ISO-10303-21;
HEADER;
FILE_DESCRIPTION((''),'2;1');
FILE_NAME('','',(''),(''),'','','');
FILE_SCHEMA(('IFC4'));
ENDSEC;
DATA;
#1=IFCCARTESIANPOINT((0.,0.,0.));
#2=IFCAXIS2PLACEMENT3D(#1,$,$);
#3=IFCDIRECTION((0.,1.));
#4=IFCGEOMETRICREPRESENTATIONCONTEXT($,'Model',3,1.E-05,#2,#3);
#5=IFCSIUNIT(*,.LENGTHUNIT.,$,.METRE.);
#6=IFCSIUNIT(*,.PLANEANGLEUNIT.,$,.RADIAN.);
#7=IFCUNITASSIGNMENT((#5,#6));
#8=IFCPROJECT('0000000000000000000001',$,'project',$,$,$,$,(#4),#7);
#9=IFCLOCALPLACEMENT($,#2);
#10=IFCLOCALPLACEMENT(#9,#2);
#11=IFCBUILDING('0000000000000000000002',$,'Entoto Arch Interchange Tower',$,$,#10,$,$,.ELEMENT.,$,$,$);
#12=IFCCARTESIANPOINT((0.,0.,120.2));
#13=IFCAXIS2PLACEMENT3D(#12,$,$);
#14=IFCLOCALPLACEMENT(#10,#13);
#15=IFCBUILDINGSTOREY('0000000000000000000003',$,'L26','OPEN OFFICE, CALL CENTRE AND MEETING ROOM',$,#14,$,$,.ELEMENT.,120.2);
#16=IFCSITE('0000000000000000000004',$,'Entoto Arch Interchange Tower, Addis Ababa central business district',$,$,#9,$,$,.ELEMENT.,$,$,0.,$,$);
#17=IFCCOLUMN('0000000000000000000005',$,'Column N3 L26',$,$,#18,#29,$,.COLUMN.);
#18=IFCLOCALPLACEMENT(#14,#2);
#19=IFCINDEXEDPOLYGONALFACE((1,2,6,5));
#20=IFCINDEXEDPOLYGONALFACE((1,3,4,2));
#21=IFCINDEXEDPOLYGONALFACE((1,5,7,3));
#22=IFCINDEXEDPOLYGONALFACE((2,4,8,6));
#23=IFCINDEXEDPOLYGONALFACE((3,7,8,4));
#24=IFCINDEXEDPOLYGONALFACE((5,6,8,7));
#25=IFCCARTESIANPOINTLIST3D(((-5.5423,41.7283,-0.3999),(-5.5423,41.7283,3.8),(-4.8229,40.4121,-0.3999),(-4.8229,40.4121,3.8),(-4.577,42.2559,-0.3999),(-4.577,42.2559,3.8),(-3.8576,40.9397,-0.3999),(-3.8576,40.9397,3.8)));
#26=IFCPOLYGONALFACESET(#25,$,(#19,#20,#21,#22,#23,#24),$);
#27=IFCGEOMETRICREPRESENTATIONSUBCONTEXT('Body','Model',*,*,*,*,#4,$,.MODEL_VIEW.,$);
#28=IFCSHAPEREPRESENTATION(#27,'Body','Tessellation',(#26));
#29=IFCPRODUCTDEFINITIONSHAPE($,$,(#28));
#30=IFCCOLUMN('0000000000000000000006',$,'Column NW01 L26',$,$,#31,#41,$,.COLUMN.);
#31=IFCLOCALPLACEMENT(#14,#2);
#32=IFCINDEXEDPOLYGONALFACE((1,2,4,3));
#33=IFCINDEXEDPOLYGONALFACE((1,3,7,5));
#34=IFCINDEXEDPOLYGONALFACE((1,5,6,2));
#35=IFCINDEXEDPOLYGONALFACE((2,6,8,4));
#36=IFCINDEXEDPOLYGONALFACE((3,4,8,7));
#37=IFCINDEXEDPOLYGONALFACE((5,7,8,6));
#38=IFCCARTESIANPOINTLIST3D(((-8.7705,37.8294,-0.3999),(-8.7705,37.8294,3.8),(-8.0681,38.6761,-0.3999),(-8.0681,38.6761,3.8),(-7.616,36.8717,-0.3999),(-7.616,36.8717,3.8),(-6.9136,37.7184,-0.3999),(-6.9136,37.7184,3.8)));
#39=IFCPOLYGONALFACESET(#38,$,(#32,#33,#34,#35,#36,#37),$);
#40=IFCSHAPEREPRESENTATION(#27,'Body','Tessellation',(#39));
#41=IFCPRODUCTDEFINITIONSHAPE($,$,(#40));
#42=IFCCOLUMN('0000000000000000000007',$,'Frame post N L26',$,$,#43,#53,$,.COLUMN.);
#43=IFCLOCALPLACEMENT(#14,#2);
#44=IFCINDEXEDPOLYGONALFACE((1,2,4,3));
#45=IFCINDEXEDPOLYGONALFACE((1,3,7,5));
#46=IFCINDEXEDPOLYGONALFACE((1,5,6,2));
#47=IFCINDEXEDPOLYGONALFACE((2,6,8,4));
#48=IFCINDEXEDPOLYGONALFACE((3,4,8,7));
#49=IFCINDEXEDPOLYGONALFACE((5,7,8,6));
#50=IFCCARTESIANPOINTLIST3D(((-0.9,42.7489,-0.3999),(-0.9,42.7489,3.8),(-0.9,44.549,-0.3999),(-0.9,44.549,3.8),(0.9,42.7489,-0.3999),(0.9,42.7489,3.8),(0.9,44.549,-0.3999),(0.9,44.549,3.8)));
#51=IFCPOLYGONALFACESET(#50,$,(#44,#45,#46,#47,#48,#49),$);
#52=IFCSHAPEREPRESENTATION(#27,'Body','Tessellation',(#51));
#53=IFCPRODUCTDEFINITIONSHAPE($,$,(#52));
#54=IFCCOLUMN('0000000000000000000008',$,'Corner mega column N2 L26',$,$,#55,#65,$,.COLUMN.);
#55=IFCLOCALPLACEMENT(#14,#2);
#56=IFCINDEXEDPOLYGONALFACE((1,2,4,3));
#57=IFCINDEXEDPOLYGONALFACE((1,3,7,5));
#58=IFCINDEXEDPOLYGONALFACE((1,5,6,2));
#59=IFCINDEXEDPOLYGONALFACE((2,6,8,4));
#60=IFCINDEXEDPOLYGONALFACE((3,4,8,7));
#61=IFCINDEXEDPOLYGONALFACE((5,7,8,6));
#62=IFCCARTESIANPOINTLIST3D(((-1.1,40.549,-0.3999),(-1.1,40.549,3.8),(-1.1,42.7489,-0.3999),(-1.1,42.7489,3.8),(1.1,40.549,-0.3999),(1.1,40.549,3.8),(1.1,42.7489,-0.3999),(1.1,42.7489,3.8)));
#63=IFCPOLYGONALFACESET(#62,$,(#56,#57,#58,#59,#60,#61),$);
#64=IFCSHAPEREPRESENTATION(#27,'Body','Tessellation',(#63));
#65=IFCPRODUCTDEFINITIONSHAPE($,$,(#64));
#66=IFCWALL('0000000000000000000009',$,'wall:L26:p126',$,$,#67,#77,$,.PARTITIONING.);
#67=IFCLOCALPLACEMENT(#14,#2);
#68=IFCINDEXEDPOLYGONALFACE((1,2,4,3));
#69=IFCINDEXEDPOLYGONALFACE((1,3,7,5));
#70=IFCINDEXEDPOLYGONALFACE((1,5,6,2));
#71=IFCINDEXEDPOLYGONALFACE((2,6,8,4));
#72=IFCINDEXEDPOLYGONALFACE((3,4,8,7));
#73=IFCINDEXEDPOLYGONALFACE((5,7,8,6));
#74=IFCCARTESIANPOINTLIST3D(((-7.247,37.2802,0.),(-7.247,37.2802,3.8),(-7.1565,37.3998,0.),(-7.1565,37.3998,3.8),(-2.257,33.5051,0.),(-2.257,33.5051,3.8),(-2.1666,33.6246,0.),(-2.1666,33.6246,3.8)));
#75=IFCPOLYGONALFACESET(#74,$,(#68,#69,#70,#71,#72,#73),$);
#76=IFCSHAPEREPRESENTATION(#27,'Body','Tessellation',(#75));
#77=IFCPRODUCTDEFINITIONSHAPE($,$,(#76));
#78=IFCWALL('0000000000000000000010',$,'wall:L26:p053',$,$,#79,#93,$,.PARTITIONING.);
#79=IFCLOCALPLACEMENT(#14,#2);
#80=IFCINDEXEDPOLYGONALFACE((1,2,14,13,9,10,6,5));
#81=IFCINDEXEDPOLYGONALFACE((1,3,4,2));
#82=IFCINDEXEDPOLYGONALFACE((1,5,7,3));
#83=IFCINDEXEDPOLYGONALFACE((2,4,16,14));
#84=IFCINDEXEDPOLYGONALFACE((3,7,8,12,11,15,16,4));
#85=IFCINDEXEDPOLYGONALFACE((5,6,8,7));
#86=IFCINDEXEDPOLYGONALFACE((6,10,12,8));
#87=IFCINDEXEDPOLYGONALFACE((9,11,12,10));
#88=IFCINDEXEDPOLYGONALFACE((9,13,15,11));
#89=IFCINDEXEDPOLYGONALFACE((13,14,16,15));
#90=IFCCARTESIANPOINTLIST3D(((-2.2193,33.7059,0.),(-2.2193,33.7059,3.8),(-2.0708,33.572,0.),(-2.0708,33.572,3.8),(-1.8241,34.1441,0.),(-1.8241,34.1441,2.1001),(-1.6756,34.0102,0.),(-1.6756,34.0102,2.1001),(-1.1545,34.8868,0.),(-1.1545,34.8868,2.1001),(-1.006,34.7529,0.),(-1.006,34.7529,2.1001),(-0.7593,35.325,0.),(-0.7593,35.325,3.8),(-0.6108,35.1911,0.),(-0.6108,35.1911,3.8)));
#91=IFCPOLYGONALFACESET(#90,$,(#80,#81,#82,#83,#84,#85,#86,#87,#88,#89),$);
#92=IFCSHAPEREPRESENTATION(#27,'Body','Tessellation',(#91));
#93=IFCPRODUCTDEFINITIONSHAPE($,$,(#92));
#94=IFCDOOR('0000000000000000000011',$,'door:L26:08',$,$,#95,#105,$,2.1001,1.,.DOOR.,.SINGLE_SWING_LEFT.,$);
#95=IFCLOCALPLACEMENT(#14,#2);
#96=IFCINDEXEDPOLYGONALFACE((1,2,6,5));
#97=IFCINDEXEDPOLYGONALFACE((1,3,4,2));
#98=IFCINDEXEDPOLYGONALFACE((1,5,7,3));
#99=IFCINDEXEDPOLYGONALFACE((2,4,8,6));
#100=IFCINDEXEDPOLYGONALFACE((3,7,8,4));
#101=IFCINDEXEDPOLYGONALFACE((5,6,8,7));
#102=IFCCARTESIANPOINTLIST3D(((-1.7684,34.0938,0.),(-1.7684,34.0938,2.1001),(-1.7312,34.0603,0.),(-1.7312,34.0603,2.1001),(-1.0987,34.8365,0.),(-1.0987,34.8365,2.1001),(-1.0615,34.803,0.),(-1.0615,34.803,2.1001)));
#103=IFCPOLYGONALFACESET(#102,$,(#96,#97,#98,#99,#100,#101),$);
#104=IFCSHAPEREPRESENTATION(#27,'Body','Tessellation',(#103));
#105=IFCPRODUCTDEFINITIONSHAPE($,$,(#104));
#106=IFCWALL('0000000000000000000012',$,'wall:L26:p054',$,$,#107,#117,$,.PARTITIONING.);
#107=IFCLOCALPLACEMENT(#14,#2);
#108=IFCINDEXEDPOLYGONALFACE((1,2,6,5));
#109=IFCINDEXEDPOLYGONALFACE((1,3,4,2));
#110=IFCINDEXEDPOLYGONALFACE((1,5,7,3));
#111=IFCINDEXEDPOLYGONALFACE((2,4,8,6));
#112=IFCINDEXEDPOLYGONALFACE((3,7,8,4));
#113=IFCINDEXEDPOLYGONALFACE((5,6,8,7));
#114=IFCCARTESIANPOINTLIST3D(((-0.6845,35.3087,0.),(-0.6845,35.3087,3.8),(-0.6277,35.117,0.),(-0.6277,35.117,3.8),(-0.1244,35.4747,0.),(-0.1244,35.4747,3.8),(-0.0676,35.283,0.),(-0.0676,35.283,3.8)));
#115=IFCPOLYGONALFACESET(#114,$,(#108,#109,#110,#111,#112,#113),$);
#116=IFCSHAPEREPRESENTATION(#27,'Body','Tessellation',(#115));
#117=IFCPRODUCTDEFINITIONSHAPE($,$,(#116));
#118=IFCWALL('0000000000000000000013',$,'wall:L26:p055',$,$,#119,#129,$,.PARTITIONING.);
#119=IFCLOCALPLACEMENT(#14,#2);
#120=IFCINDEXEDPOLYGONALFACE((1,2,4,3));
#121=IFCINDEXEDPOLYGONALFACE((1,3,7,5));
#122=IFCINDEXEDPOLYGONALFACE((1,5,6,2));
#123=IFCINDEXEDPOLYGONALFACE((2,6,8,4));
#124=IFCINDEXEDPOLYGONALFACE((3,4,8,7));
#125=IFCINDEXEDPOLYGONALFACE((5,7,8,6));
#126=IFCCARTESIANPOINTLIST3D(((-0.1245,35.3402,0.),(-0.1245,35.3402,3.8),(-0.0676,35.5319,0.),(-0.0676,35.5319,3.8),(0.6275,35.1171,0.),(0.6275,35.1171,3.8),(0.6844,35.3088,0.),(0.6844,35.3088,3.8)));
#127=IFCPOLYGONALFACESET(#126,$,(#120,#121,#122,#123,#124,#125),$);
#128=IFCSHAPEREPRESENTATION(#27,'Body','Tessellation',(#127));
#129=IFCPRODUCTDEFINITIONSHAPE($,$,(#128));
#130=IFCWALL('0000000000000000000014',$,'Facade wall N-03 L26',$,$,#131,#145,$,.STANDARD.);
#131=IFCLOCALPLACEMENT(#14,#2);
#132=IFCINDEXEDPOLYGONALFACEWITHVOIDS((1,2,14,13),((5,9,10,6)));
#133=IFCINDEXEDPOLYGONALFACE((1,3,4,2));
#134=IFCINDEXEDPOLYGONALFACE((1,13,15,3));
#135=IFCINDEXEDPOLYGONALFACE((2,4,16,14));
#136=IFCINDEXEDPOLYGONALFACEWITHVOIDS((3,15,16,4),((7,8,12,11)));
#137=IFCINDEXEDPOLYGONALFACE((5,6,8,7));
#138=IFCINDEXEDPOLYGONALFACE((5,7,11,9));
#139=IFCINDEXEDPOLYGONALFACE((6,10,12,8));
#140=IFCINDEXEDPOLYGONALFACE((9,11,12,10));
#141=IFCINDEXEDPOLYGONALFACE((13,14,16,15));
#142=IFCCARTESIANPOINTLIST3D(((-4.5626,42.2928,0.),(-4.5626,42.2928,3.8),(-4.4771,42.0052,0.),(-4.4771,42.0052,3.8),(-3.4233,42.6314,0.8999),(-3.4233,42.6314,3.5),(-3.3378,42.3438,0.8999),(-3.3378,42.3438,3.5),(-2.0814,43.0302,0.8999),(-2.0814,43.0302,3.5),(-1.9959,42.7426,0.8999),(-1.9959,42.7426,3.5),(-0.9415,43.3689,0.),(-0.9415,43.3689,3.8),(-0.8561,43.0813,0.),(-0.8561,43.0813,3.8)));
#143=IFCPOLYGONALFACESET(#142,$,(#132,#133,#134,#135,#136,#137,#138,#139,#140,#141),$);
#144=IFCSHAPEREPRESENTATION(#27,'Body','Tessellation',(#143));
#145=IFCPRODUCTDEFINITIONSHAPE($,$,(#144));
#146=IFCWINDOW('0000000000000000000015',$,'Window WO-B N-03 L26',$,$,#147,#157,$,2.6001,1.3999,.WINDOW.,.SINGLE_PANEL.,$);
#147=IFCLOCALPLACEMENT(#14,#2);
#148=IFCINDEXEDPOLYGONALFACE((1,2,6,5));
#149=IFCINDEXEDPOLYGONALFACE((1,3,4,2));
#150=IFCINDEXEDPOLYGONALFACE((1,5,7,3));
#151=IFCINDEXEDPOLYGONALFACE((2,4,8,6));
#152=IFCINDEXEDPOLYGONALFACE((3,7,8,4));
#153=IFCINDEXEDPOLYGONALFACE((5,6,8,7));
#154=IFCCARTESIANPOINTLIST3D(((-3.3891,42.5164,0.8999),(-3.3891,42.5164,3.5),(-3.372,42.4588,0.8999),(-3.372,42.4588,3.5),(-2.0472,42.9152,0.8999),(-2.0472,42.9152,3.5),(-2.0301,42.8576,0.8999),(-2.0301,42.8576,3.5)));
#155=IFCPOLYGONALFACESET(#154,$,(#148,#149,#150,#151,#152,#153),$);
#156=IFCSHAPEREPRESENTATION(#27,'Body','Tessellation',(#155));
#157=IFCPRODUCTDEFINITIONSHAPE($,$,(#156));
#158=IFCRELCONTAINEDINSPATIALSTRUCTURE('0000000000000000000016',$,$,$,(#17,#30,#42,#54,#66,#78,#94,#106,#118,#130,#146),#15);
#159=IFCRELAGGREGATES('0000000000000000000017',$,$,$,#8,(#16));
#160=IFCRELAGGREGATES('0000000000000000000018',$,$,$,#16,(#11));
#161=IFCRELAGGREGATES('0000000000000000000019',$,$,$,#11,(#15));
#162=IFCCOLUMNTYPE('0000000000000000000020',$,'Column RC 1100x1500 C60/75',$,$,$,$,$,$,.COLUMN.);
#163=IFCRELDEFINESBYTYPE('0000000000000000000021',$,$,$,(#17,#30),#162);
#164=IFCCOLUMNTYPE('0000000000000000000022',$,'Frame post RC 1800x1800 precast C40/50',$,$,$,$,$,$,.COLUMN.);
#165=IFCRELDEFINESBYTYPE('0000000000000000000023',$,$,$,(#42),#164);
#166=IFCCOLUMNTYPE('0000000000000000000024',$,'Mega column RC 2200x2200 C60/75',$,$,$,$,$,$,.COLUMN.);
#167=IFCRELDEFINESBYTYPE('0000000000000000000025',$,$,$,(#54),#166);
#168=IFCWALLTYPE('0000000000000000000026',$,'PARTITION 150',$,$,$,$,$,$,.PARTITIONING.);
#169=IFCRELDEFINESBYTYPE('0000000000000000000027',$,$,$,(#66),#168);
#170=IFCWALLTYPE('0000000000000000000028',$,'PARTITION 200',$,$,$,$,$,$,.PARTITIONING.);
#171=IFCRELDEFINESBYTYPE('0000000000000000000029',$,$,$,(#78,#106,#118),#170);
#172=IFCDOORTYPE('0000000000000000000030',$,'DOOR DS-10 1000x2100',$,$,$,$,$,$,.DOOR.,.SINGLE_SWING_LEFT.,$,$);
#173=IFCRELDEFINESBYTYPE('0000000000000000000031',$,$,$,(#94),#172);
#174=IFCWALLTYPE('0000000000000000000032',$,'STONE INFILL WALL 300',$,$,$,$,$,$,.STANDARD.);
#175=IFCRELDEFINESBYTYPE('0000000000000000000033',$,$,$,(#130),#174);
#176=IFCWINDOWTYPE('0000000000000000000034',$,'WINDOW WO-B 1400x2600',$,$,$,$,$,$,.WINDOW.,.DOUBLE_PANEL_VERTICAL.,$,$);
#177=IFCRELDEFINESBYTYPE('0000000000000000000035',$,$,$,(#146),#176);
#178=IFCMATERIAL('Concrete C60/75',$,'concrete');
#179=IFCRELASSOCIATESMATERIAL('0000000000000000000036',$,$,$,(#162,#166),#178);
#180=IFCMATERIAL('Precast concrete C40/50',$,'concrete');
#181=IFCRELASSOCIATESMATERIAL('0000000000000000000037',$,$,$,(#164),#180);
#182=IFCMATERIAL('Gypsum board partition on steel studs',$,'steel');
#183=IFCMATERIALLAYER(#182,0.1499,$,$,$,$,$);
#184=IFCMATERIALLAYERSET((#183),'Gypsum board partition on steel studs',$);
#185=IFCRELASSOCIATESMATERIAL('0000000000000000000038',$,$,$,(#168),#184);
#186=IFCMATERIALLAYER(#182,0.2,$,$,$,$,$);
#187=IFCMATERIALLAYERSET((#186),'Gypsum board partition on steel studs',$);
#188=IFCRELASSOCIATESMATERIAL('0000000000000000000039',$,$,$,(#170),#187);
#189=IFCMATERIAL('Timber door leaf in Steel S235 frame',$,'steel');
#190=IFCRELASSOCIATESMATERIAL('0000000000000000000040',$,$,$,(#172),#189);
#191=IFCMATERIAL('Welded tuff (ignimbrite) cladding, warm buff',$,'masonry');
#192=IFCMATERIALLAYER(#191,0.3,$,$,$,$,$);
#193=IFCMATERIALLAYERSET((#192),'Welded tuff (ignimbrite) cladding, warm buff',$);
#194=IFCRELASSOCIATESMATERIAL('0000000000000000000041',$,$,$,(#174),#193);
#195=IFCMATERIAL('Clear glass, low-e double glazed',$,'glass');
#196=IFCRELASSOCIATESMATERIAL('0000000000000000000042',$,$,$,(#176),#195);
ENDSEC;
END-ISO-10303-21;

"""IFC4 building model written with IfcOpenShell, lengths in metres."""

from ifc_helpers import new_model, si_unit, direction, frame, frame_2d, origin, origin_2d, place, context, subcontext, project, spatial, rectangle, extrude, material, layer, layer_set, material_profile, profile_set, type_object, element, fill, save


model = new_model("IFC4")

# Units and contexts
model_context = context("Model", 3, precision=1e-05, world=origin(), true_north=direction((0.0, 1.0)))
body_context = subcontext(model_context, "Body", "Model", "MODEL_VIEW")
ifc_project = project(units=[si_unit("LENGTHUNIT", "METRE"), si_unit("PLANEANGLEUNIT", "RADIAN")], contexts=[model_context])

# Site, building, storey
site_placement = place(None, origin())
site = spatial("IfcSite", under=ifc_project, at=site_placement, Name="Entoto Arch Interchange Tower, Addis Ababa central business district", CompositionType="ELEMENT", RefElevation=0.0)
building_placement = place(site_placement, origin())
building = spatial("IfcBuilding", under=site, at=building_placement, Name="Entoto Arch Interchange Tower", CompositionType="ELEMENT")
storey_placement = place(building_placement, frame((0.0, 0.0, 120.2)))
storey = spatial("IfcBuildingStorey", under=building, at=storey_placement, Name="L26", Description="OPEN OFFICE, CALL CENTRE AND MEETING ROOM", CompositionType="ELEMENT", Elevation=120.2)

# Columns
ifc_material_1 = material(Name="Concrete C60/75", Category="concrete")
ifc_material_profile_1 = material_profile(ifc_material_1, rectangle(XDim=1.1001, YDim=1.5, at=origin_2d()))
ifc_profile_set_1 = profile_set([ifc_material_profile_1], Name="Concrete C60/75")
column_type_1 = type_object("IfcColumnType", Name="Column RC 1100x1500 C60/75", PredefinedType="COLUMN", material=ifc_profile_set_1)
for number, where, z_axis, x_axis, name in (
    (1, (-4.7, 41.334, -0.3999), (0.0, 0.0, 1.0), (0.877481, 0.479611, 0.0), "Column N3 L26"),
    (2, (-7.842, 37.7739, -0.3999), (0.0, 0.0, 1.0), (0.638459, 0.769656, 0.0), "Column NW01 L26"),
):
    element("IfcColumn", number, at=place(storey_placement, frame(where, z_axis=z_axis, x_axis=x_axis)), inside=storey, type_object=column_type_1, Name=name, PredefinedType="COLUMN", context=body_context, shape_type="SweptSolid", body=[
        extrude(rectangle(XDim=1.1001, YDim=1.5, at=origin_2d()), origin(), (0.0, 0.0, 1.0), 4.2),
    ])
ifc_material_2 = material(Name="Precast concrete C40/50", Category="concrete")
ifc_material_profile_2 = material_profile(ifc_material_2, rectangle(XDim=1.8, YDim=1.8, at=origin_2d()))
ifc_profile_set_2 = profile_set([ifc_material_profile_2], Name="Precast concrete C40/50")
column_type_2 = type_object("IfcColumnType", Name="Frame post RC 1800x1800 precast C40/50", PredefinedType="COLUMN", material=ifc_profile_set_2)
column_1_placement = place(storey_placement, frame((0.0, 43.6489, -0.3999), z_axis=(0.0, 0.0, 1.0), x_axis=(0.0, 1.0, 0.0)))
element("IfcColumn", 3, at=column_1_placement, inside=storey, type_object=column_type_2, Name="Frame post N L26", PredefinedType="COLUMN", context=body_context, shape_type="SweptSolid", body=[
    extrude(rectangle(XDim=1.8, YDim=1.8, at=origin_2d()), origin(), (0.0, 0.0, 1.0), 4.2),
])
ifc_material_profile_3 = material_profile(ifc_material_1, rectangle(XDim=2.2, YDim=2.2, at=origin_2d()))
ifc_profile_set_3 = profile_set([ifc_material_profile_3], Name="Concrete C60/75")
column_type_3 = type_object("IfcColumnType", Name="Mega column RC 2200x2200 C60/75", PredefinedType="COLUMN", material=ifc_profile_set_3)
column_2_placement = place(storey_placement, frame((0.0, 41.6489, -0.3999), z_axis=(0.0, 0.0, 1.0), x_axis=(0.0, 1.0, 0.0)))
element("IfcColumn", 4, at=column_2_placement, inside=storey, type_object=column_type_3, Name="Corner mega column N2 L26", PredefinedType="COLUMN", context=body_context, shape_type="SweptSolid", body=[
    extrude(rectangle(XDim=2.2, YDim=2.2, at=origin_2d()), origin(), (0.0, 0.0, 1.0), 4.2),
])

# Wall
ifc_material_3 = material(Name="Gypsum board partition on steel studs", Category="steel")
ifc_layer_1 = layer(ifc_material_3, 0.1499)
ifc_layer_set_1 = layer_set([ifc_layer_1], Name="Gypsum board partition on steel studs")
wall_type_1 = type_object("IfcWallType", Name="PARTITION 150", PredefinedType="PARTITIONING", material=ifc_layer_set_1)
wall_1_placement = place(storey_placement, frame((-2.2119, 33.5649, 0.0), z_axis=(0.0, 0.0, 1.0), x_axis=(-0.797488, 0.603335, 0.0)))
element("IfcWall", 5, at=wall_1_placement, inside=storey, type_object=wall_type_1, Name="wall:L26:p126", PredefinedType="PARTITIONING", context=body_context, shape_type="SweptSolid", body=[
    extrude(rectangle(XDim=6.2571, YDim=0.1499, at=frame_2d((3.1284, 0.0))), origin(), (0.0, 0.0, 1.0), 3.8),
])

# Wall, opening, door
ifc_layer_2 = layer(ifc_material_3, 0.2)
ifc_layer_set_2 = layer_set([ifc_layer_2], Name="Gypsum board partition on steel studs")
wall_type_2 = type_object("IfcWallType", Name="PARTITION 200", PredefinedType="PARTITIONING", material=ifc_layer_set_2)
wall_2_placement = place(storey_placement, frame((-2.145, 33.6389, 0.0), z_axis=(0.0, 0.0, 1.0), x_axis=(0.669657, 0.74267, 0.0)))
wall_2 = element("IfcWall", 6, at=wall_2_placement, inside=storey, type_object=wall_type_2, Name="wall:L26:p053", PredefinedType="PARTITIONING", context=body_context, shape_type="SweptSolid", body=[
    extrude(rectangle(XDim=2.1802, YDim=0.2, at=frame_2d((1.0901, 0.0))), origin(), (0.0, 0.0, 1.0), 3.8),
])
opening_1_placement = place(wall_2_placement, frame((0.5901, 0.0, 0.0)))
opening_1 = element("IfcOpeningElement", 7, at=opening_1_placement, cuts=wall_2, PredefinedType="OPENING", context=body_context, shape_type="SweptSolid", body=[
    extrude(rectangle(XDim=1.0, YDim=2.1001, at=frame_2d((0.5, 1.05))), frame((0.0, 0.1099, 0.0), z_axis=(0.0, -1.0, 0.0), x_axis=(1.0, 0.0, 0.0)), (0.0, 0.0, 1.0), 0.22),
])
ifc_material_4 = material(Name="Timber door leaf in Steel S235 frame", Category="steel")
door_type = type_object("IfcDoorType", Name="DOOR DS-10 1000x2100", OperationType="SINGLE_SWING_LEFT", PredefinedType="DOOR", material=ifc_material_4)
door_placement = place(opening_1_placement, origin())
door = element("IfcDoor", 8, at=door_placement, inside=storey, type_object=door_type, Name="door:L26:08", OperationType="SINGLE_SWING_LEFT", OverallHeight=2.1001, OverallWidth=1.0, PredefinedType="DOOR", context=body_context, shape_type="SweptSolid", body=[
    extrude(rectangle(XDim=1.0, YDim=2.1001, at=frame_2d((0.5, 1.05))), frame((0.0, 0.0249, 0.0), z_axis=(0.0, -1.0, 0.0), x_axis=(1.0, 0.0, 0.0)), (0.0, 0.0, 1.0), 0.05),
])
fill(opening_1, door)

# Walls
wall_3_placement = place(storey_placement, frame((-0.656, 35.2129, 0.0), z_axis=(0.0, 0.0, 1.0), x_axis=(0.958764, 0.284202, 0.0)))
element("IfcWall", 9, at=wall_3_placement, inside=storey, type_object=wall_type_2, Name="wall:L26:p054", PredefinedType="PARTITIONING", context=body_context, shape_type="SweptSolid", body=[
    extrude(rectangle(XDim=0.5842, YDim=0.2, at=frame_2d((0.292, 0.0))), origin(), (0.0, 0.0, 1.0), 3.8),
])
wall_4_placement = place(storey_placement, frame((-0.0959, 35.436, 0.0), z_axis=(0.0, 0.0, 1.0), x_axis=(0.958679, -0.284491, 0.0)))
element("IfcWall", 10, at=wall_4_placement, inside=storey, type_object=wall_type_2, Name="wall:L26:p055", PredefinedType="PARTITIONING", context=body_context, shape_type="SweptSolid", body=[
    extrude(rectangle(XDim=0.7844, YDim=0.2, at=frame_2d((0.3921, 0.0))), origin(), (0.0, 0.0, 1.0), 3.8),
])

# Wall, opening, window
ifc_material_5 = material(Name="Welded tuff (ignimbrite) cladding, warm buff", Category="masonry")
ifc_layer_3 = layer(ifc_material_5, 0.3)
ifc_layer_set_3 = layer_set([ifc_layer_3], Name="Welded tuff (ignimbrite) cladding, warm buff")
wall_type_3 = type_object("IfcWallType", Name="STONE INFILL WALL 300", PredefinedType="STANDARD", material=ifc_layer_set_3)
wall_5_placement = place(storey_placement, frame((-0.8989, 43.2251, 0.0), z_axis=(0.0, 0.0, 1.0), x_axis=(-0.958563, -0.28488, 0.0)))
wall_5 = element("IfcWall", 11, at=wall_5_placement, inside=storey, type_object=wall_type_3, Name="Facade wall N-03 L26", PredefinedType="STANDARD", context=body_context, shape_type="SweptSolid", body=[
    extrude(rectangle(XDim=3.7776, YDim=0.3, at=frame_2d((1.8887, 0.0))), origin(), (0.0, 0.0, 1.0), 3.8),
])
opening_2_placement = place(wall_5_placement, frame((1.189, 0.0, 0.8999)))
opening_2 = element("IfcOpeningElement", 12, at=opening_2_placement, cuts=wall_5, PredefinedType="OPENING", context=body_context, shape_type="SweptSolid", body=[
    extrude(rectangle(XDim=1.3999, YDim=2.6001, at=frame_2d((0.7, 1.3))), frame((0.0, 0.1602, 0.0), z_axis=(0.0, -1.0, 0.0), x_axis=(1.0, 0.0, 0.0)), (0.0, 0.0, 1.0), 0.3201),
])
ifc_material_6 = material(Name="Clear glass, low-e double glazed", Category="glass")
window_type_1 = type_object("IfcWindowType", Name="WINDOW WO-B 1400x2600", PartitioningType="DOUBLE_PANEL_VERTICAL", PredefinedType="WINDOW", material=ifc_material_6)
window_1_placement = place(opening_2_placement, origin())
window_1 = element("IfcWindow", 13, at=window_1_placement, inside=storey, type_object=window_type_1, Name="Window WO-B N-03 L26", OverallHeight=2.6001, OverallWidth=1.3999, PartitioningType="SINGLE_PANEL", PredefinedType="WINDOW", context=body_context, shape_type="SweptSolid", body=[
    extrude(rectangle(XDim=1.3999, YDim=2.6001, at=frame_2d((0.7, 1.3))), frame((0.0, 0.03, 0.0), z_axis=(0.0, -1.0, 0.0), x_axis=(1.0, 0.0, 0.0)), (0.0, 0.0, 1.0), 0.0601),
])
fill(opening_2, window_1)

save(model, "model.ifc")
